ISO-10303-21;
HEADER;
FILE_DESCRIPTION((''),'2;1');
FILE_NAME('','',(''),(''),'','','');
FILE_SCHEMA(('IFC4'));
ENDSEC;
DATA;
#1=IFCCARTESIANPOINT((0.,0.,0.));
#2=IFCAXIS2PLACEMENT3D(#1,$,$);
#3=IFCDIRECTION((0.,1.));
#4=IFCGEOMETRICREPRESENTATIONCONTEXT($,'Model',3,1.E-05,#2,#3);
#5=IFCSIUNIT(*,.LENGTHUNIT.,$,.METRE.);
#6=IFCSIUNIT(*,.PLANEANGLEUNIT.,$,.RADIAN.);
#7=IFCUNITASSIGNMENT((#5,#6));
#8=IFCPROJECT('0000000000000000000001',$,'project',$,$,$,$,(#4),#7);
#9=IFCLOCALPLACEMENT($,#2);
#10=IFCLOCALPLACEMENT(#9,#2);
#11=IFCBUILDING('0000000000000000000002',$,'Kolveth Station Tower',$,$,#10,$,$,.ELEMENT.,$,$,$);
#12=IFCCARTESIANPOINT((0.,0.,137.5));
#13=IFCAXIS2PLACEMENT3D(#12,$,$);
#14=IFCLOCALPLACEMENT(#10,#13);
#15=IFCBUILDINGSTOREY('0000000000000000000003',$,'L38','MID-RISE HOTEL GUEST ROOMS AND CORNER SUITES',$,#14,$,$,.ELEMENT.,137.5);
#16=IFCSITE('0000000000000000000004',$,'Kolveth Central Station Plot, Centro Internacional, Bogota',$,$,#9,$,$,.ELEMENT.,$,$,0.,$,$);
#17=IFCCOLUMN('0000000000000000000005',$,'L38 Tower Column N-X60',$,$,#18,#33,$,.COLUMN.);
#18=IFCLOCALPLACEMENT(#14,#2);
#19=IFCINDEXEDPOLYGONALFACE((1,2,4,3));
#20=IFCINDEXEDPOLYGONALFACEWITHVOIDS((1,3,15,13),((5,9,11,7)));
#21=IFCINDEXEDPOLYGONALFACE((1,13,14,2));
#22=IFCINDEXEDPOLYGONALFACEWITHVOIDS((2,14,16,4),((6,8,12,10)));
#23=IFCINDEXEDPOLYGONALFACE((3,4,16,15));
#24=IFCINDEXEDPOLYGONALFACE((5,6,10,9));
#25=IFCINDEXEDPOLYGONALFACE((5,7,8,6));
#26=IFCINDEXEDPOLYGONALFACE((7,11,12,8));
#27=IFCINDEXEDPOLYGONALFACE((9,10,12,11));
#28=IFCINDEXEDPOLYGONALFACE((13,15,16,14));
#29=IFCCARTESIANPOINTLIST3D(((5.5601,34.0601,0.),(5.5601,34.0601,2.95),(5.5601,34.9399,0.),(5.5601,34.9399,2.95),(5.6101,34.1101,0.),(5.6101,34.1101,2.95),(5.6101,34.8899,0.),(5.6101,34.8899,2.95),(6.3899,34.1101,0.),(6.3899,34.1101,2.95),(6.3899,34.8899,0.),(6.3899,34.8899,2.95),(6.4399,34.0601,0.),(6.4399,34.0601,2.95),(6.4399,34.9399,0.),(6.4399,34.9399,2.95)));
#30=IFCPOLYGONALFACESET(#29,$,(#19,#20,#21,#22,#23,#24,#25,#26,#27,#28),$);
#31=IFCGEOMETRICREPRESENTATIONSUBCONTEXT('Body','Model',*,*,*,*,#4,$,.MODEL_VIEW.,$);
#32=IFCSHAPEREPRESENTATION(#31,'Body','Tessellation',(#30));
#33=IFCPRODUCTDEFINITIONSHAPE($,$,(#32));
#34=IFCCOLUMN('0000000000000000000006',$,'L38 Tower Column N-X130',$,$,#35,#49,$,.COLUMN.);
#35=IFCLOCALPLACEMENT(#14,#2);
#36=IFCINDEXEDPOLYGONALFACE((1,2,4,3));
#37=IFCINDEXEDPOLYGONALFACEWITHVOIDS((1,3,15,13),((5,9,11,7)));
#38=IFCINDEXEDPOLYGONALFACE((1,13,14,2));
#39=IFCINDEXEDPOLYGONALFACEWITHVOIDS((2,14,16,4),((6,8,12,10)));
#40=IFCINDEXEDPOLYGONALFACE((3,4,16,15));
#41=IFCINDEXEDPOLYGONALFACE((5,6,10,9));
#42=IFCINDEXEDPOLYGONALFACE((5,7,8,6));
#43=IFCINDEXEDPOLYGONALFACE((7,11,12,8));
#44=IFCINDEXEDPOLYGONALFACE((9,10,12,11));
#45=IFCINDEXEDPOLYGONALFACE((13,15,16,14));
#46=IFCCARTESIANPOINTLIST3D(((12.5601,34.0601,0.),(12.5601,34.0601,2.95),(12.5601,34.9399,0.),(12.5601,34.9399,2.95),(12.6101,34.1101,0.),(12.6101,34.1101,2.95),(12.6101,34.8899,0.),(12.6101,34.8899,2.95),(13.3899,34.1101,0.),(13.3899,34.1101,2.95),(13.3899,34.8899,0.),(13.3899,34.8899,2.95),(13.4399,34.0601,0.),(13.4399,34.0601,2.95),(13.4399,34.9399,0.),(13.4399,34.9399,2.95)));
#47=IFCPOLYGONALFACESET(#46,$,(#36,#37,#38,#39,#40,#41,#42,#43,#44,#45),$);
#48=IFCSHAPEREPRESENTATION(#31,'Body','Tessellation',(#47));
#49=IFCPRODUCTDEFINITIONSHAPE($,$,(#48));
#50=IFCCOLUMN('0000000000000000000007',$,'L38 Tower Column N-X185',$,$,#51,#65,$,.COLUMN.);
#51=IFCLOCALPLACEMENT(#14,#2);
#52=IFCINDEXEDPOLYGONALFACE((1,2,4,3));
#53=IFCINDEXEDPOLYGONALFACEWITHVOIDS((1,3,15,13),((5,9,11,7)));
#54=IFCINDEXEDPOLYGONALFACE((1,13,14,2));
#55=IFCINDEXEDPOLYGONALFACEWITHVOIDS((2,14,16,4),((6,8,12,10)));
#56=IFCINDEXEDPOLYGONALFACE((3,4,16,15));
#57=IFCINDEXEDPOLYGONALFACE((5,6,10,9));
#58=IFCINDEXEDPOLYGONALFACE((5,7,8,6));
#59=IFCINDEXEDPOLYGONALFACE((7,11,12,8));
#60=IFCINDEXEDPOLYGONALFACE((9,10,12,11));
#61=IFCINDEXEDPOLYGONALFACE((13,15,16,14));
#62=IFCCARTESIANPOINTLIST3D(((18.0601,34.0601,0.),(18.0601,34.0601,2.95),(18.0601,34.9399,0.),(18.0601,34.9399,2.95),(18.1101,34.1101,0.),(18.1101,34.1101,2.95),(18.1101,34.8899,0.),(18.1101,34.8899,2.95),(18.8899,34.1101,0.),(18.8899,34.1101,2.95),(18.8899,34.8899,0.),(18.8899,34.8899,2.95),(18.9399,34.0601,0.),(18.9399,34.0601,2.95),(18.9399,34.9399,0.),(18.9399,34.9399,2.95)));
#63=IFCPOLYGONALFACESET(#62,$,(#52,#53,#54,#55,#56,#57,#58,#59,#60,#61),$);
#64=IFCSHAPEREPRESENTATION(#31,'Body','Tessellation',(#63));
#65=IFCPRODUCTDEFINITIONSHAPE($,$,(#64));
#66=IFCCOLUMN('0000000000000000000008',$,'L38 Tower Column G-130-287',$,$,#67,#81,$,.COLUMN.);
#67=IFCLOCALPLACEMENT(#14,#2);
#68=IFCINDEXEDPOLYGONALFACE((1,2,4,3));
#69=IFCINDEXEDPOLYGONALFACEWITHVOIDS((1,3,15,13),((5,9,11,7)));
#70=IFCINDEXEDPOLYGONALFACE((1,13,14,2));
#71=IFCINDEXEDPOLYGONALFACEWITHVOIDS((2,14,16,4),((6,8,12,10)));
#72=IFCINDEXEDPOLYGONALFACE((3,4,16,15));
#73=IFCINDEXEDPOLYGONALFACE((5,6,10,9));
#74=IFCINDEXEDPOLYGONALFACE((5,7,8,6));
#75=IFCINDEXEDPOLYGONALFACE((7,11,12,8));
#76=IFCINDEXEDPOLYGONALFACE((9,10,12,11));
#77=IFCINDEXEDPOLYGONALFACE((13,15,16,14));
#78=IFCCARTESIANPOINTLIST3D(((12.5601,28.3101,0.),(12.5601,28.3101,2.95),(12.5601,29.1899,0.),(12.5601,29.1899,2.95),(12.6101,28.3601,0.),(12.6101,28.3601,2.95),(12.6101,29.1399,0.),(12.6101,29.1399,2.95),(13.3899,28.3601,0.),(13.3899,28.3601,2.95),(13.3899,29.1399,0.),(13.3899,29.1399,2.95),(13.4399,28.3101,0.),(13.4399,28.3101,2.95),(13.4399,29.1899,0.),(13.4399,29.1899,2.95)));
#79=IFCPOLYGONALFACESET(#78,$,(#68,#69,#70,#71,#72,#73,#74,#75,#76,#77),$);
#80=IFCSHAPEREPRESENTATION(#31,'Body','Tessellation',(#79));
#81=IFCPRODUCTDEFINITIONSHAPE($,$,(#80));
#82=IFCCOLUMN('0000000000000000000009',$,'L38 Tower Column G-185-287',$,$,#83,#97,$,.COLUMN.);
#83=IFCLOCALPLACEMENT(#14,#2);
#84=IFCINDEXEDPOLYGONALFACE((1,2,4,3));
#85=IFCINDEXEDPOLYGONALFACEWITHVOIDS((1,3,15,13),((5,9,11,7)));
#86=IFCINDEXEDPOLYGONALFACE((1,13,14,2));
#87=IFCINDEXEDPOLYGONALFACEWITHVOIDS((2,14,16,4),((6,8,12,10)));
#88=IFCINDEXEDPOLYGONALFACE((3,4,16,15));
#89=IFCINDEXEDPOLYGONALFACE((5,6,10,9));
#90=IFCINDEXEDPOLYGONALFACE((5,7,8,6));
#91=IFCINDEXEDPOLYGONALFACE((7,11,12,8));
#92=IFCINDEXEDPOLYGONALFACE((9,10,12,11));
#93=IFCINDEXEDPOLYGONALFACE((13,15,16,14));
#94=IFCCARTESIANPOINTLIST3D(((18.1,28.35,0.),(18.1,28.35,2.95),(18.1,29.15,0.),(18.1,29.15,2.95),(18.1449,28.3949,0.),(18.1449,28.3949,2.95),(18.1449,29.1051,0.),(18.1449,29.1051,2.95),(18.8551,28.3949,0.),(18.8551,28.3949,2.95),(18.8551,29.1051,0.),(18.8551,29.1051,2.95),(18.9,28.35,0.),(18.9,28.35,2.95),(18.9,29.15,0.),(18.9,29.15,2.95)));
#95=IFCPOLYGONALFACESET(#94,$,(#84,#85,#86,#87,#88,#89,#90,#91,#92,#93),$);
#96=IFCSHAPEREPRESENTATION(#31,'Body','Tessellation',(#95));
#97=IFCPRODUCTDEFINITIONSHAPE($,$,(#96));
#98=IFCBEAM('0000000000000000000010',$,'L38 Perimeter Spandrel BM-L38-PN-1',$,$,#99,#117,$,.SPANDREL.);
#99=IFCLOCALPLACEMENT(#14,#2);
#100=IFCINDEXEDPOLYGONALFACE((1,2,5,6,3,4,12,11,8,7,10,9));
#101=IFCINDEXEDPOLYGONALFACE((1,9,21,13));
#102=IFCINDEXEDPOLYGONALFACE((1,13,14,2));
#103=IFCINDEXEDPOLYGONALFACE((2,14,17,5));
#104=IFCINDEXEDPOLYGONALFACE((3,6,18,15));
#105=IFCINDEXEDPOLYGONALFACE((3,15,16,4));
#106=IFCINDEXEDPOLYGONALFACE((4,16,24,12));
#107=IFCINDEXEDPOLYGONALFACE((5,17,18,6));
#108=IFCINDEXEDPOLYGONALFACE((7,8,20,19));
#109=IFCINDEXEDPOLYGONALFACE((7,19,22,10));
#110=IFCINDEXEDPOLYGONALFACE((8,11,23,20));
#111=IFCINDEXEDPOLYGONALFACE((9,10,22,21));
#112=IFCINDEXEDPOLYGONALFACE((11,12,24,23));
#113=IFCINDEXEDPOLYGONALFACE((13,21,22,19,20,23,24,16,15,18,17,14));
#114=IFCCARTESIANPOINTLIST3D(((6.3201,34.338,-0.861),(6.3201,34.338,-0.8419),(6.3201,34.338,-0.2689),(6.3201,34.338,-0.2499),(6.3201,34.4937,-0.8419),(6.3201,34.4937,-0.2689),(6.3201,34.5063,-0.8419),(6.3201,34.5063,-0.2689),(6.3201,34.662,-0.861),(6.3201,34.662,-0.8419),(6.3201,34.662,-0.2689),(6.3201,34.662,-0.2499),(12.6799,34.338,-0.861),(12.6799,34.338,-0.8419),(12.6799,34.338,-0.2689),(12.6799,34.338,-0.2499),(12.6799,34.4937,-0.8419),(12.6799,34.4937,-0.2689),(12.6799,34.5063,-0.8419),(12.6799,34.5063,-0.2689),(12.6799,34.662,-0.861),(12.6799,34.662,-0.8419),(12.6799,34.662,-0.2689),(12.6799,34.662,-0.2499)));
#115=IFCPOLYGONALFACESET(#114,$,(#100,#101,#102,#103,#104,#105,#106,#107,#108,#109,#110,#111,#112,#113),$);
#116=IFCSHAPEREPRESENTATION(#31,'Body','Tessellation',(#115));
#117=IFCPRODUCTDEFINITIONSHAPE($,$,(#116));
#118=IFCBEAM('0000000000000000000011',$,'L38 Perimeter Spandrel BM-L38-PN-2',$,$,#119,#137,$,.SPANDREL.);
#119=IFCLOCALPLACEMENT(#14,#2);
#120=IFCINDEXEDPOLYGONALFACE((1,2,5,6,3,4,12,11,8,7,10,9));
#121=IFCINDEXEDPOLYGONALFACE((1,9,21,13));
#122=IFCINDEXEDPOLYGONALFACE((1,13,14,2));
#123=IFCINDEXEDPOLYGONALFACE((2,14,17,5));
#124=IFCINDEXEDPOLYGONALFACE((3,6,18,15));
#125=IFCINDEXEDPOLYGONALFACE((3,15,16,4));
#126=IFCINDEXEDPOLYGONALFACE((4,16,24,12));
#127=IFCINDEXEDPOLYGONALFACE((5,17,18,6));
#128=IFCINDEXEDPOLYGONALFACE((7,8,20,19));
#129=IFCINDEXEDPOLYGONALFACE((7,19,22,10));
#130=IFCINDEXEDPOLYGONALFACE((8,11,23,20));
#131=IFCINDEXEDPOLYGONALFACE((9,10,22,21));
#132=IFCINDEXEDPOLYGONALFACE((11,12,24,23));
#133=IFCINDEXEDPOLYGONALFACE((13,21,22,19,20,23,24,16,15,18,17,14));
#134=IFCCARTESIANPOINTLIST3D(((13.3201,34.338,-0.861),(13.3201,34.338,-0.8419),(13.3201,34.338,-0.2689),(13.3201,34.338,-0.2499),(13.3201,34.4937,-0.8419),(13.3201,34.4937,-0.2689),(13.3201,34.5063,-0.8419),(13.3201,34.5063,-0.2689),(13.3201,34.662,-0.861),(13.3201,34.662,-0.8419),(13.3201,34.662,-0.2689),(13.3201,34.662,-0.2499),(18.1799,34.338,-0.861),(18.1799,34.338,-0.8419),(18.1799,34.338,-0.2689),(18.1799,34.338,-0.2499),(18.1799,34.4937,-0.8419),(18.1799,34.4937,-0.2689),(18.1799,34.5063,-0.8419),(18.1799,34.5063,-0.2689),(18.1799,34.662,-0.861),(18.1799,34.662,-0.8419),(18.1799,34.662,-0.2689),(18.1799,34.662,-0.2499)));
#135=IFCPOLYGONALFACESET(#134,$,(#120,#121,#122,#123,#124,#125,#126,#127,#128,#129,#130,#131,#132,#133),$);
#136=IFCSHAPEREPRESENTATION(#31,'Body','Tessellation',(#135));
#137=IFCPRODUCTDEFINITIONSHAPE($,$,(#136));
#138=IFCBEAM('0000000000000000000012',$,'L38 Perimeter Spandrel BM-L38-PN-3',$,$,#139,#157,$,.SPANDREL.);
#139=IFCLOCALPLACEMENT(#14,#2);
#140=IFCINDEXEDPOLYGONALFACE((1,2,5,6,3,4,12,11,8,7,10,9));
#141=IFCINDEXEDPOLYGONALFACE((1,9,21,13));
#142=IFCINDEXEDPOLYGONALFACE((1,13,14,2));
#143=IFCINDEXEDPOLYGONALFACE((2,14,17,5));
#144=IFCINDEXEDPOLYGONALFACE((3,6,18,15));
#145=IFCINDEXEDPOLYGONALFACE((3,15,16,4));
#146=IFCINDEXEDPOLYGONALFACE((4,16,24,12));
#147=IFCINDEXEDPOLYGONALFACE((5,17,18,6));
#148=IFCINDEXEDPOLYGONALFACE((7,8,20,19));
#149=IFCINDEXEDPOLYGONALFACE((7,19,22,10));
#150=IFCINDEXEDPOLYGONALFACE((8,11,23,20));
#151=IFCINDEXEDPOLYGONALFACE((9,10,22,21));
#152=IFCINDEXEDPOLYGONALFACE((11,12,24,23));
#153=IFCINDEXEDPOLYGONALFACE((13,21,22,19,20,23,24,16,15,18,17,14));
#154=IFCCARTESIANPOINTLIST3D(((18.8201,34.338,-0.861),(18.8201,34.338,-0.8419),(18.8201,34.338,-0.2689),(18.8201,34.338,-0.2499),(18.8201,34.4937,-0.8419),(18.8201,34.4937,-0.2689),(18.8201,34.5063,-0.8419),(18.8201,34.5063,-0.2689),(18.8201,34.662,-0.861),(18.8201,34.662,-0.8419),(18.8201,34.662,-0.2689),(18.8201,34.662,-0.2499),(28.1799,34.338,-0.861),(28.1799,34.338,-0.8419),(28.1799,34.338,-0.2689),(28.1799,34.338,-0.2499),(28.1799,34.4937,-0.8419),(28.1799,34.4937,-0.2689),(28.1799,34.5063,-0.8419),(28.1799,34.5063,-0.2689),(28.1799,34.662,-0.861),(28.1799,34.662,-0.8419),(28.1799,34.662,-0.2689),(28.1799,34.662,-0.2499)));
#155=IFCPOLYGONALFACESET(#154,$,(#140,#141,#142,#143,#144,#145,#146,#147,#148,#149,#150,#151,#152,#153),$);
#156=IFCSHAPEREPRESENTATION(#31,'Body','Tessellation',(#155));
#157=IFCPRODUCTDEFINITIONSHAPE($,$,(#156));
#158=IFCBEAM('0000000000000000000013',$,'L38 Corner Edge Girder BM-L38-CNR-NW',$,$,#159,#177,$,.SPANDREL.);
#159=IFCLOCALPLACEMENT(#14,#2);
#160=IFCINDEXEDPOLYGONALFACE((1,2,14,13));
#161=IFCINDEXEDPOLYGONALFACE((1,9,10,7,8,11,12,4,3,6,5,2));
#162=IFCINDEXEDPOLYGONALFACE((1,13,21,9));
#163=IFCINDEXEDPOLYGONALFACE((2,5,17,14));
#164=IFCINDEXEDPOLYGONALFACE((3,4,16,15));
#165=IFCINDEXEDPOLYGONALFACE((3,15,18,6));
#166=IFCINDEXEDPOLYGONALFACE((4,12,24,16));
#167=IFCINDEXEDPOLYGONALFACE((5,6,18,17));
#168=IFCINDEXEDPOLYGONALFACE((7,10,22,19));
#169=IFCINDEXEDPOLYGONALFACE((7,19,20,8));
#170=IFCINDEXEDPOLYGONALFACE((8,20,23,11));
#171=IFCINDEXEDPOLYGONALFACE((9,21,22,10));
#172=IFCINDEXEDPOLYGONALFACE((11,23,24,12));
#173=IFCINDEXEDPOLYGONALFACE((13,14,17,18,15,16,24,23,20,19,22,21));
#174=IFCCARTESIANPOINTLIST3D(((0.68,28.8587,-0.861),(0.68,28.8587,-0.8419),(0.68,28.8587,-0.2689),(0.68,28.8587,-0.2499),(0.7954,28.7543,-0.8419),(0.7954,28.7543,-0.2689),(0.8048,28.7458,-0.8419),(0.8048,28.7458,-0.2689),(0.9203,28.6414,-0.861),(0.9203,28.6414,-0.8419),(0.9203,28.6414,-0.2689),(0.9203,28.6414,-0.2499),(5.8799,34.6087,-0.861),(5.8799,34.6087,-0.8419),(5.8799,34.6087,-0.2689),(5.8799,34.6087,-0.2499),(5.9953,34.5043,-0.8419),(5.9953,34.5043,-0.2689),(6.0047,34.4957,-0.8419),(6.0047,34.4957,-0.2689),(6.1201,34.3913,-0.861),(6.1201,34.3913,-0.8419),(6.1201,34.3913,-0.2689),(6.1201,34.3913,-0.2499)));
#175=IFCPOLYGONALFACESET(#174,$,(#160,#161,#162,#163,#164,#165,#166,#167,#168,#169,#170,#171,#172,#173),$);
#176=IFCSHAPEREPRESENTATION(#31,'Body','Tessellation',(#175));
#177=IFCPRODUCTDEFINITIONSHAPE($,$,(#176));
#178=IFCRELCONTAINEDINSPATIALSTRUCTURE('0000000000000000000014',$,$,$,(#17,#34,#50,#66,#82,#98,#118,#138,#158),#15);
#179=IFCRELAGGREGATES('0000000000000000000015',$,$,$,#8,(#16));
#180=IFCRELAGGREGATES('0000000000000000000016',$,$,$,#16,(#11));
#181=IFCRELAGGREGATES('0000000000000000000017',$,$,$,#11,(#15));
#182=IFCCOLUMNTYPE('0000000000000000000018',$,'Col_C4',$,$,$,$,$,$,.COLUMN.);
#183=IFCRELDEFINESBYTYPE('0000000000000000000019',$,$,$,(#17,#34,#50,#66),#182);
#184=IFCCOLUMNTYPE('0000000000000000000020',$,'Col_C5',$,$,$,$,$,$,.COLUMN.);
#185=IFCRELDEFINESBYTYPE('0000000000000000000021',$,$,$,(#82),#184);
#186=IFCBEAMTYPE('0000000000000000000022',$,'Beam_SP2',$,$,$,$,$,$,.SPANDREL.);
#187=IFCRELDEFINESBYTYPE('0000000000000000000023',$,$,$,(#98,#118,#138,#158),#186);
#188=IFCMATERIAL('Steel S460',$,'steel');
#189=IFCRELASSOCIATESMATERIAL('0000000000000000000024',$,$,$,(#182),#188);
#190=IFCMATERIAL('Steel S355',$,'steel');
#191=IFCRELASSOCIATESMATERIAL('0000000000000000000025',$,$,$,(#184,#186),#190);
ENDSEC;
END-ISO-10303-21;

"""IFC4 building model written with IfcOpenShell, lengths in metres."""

from ifc_helpers import new_model, si_unit, direction, frame, origin, origin_2d, place, context, subcontext, project, spatial, hollow_rectangle, i_section, extrude, source, transform, mapped, material, material_profile, profile_set, type_object, element, save


model = new_model("IFC4")

# Units and contexts
model_context = context("Model", 3, precision=1e-05, world=origin(), true_north=direction((0.0, 1.0)))
body_context = subcontext(model_context, "Body", "Model", "MODEL_VIEW")
ifc_project = project(units=[si_unit("LENGTHUNIT", "METRE"), si_unit("PLANEANGLEUNIT", "RADIAN")], contexts=[model_context])

# Site, building, storey
site_placement = place(None, origin())
site = spatial("IfcSite", under=ifc_project, at=site_placement, Name="Kolveth Central Station Plot, Centro Internacional, Bogota", CompositionType="ELEMENT", RefElevation=0.0)
building_placement = place(site_placement, origin())
building = spatial("IfcBuilding", under=site, at=building_placement, Name="Kolveth Station Tower", CompositionType="ELEMENT")
storey_placement = place(building_placement, frame((0.0, 0.0, 137.5)))
storey = spatial("IfcBuildingStorey", under=building, at=storey_placement, Name="L38", Description="MID-RISE HOTEL GUEST ROOMS AND CORNER SUITES", CompositionType="ELEMENT", Elevation=137.5)

# Columns
ifc_material_1 = material(Name="Steel S460", Category="steel")
ifc_material_profile_1 = material_profile(ifc_material_1, hollow_rectangle(XDim=0.8799, YDim=0.8799, WallThickness=0.05, at=origin_2d()), Name="BOX880x880x50")
ifc_profile_set_1 = profile_set([ifc_material_profile_1], Name="Steel S460")
column_type_1 = type_object("IfcColumnType", Name="Col_C4", PredefinedType="COLUMN", material=ifc_profile_set_1)
shared_shape_1 = source(origin(), body_context, "Body", "SweptSolid", [
    extrude(hollow_rectangle(XDim=0.8799, YDim=0.8799, WallThickness=0.05, at=origin_2d()), origin(), (0.0, 0.0, 1.0), 2.95),
])
for number, where, z_axis, x_axis, name in (
    (1, (6.0, 34.5, 0.0), (0.0, 0.0, 1.0), (1.0, 0.0, 0.0), "L38 Tower Column N-X60"),
    (2, (13.0, 34.5, 0.0), (0.0, 0.0, 1.0), (1.0, 0.0, 0.0), "L38 Tower Column N-X130"),
    (3, (18.5, 34.5, 0.0), (0.0, 0.0, 1.0), (1.0, 0.0, 0.0), "L38 Tower Column N-X185"),
    (4, (13.0, 28.75, 0.0), (0.0, 0.0, 1.0), (1.0, 0.0, 0.0), "L38 Tower Column G-130-287"),
):
    element("IfcColumn", number, at=place(storey_placement, frame(where, z_axis=z_axis, x_axis=x_axis)), inside=storey, type_object=column_type_1, Name=name, PredefinedType="COLUMN", context=body_context, shape_type="MappedRepresentation", body=[
        mapped(shared_shape_1, transform((0.0, 0.0, 0.0), x_axis=(1.0, 0.0, 0.0), y_axis=(0.0, 1.0, 0.0), z_axis=(0.0, 0.0, 1.0), scale=1.0)),
    ])
ifc_material_2 = material(Name="Steel S355", Category="steel")
ifc_material_profile_2 = material_profile(ifc_material_2, hollow_rectangle(XDim=0.8, YDim=0.8, WallThickness=0.0449, at=origin_2d()), Name="BOX800x800x45")
ifc_profile_set_2 = profile_set([ifc_material_profile_2], Name="Steel S355")
column_type_2 = type_object("IfcColumnType", Name="Col_C5", PredefinedType="COLUMN", material=ifc_profile_set_2)
shared_shape_2 = source(origin(), body_context, "Body", "SweptSolid", [
    extrude(hollow_rectangle(XDim=0.8, YDim=0.8, WallThickness=0.0449, at=origin_2d()), origin(), (0.0, 0.0, 1.0), 2.95),
])
column_placement = place(storey_placement, frame((18.5, 28.75, 0.0), z_axis=(0.0, 0.0, 1.0), x_axis=(1.0, 0.0, 0.0)))
element("IfcColumn", 5, at=column_placement, inside=storey, type_object=column_type_2, Name="L38 Tower Column G-185-287", PredefinedType="COLUMN", context=body_context, shape_type="MappedRepresentation", body=[
    mapped(shared_shape_2, transform((0.0, 0.0, 0.0), x_axis=(1.0, 0.0, 0.0), y_axis=(0.0, 1.0, 0.0), z_axis=(0.0, 0.0, 1.0), scale=1.0)),
])

# Beams
ifc_material_profile_3 = material_profile(ifc_material_2, i_section(OverallWidth=0.324, OverallDepth=0.6111, WebThickness=0.0127, FlangeThickness=0.019, at=origin_2d()), Name="W610x155")
ifc_profile_set_3 = profile_set([ifc_material_profile_3], Name="Steel S355")
beam_type_1 = type_object("IfcBeamType", Name="Beam_SP2", PredefinedType="SPANDREL", material=ifc_profile_set_3)
shared_shape_3 = source(origin(), body_context, "Body", "SweptSolid", [
    extrude(i_section(OverallWidth=0.324, OverallDepth=0.6111, WebThickness=0.0127, FlangeThickness=0.019, at=origin_2d()), origin(), (0.0, 0.0, 1.0), 6.3599),
])
beam_1_placement = place(storey_placement, frame((6.3201, 34.5, -0.5554), z_axis=(1.0, 0.0, 0.0), x_axis=(0.0, 1.0, 0.0)))
element("IfcBeam", 6, at=beam_1_placement, inside=storey, type_object=beam_type_1, Name="L38 Perimeter Spandrel BM-L38-PN-1", PredefinedType="SPANDREL", context=body_context, shape_type="MappedRepresentation", body=[
    mapped(shared_shape_3, transform((0.0, 0.0, 0.0), x_axis=(1.0, 0.0, 0.0), y_axis=(0.0, 1.0, 0.0), z_axis=(0.0, 0.0, 1.0), scale=1.0)),
])
shared_shape_4 = source(origin(), body_context, "Body", "SweptSolid", [
    extrude(i_section(OverallWidth=0.324, OverallDepth=0.6111, WebThickness=0.0127, FlangeThickness=0.019, at=origin_2d()), origin(), (0.0, 0.0, 1.0), 4.8599),
])
beam_2_placement = place(storey_placement, frame((13.3201, 34.5, -0.5554), z_axis=(1.0, 0.0, 0.0), x_axis=(0.0, 1.0, 0.0)))
element("IfcBeam", 7, at=beam_2_placement, inside=storey, type_object=beam_type_1, Name="L38 Perimeter Spandrel BM-L38-PN-2", PredefinedType="SPANDREL", context=body_context, shape_type="MappedRepresentation", body=[
    mapped(shared_shape_4, transform((0.0, 0.0, 0.0), x_axis=(1.0, 0.0, 0.0), y_axis=(0.0, 1.0, 0.0), z_axis=(0.0, 0.0, 1.0), scale=1.0)),
])
shared_shape_5 = source(origin(), body_context, "Body", "SweptSolid", [
    extrude(i_section(OverallWidth=0.324, OverallDepth=0.6111, WebThickness=0.0127, FlangeThickness=0.019, at=origin_2d()), origin(), (0.0, 0.0, 1.0), 9.3599),
])
beam_3_placement = place(storey_placement, frame((18.8201, 34.5, -0.5554), z_axis=(1.0, 0.0, 0.0), x_axis=(0.0, 1.0, 0.0)))
element("IfcBeam", 8, at=beam_3_placement, inside=storey, type_object=beam_type_1, Name="L38 Perimeter Spandrel BM-L38-PN-3", PredefinedType="SPANDREL", context=body_context, shape_type="MappedRepresentation", body=[
    mapped(shared_shape_5, transform((0.0, 0.0, 0.0), x_axis=(1.0, 0.0, 0.0), y_axis=(0.0, 1.0, 0.0), z_axis=(0.0, 0.0, 1.0), scale=1.0)),
])
shared_shape_6 = source(origin(), body_context, "Body", "SweptSolid", [
    extrude(i_section(OverallWidth=0.324, OverallDepth=0.6111, WebThickness=0.0127, FlangeThickness=0.019, at=origin_2d()), origin(), (0.0, 0.0, 1.0), 7.7524),
])
beam_4_placement = place(storey_placement, frame((6.0, 34.5, -0.5554), z_axis=(-0.670741, -0.741692, 0.0), x_axis=(0.741692, -0.670741, 0.0)))
element("IfcBeam", 9, at=beam_4_placement, inside=storey, type_object=beam_type_1, Name="L38 Corner Edge Girder BM-L38-CNR-NW", PredefinedType="SPANDREL", context=body_context, shape_type="MappedRepresentation", body=[
    mapped(shared_shape_6, transform((0.0, 0.0, 0.0), x_axis=(1.0, 0.0, 0.0), y_axis=(0.0, 1.0, 0.0), z_axis=(0.0, 0.0, 1.0), scale=1.0)),
])

save(model, "model.ifc")
